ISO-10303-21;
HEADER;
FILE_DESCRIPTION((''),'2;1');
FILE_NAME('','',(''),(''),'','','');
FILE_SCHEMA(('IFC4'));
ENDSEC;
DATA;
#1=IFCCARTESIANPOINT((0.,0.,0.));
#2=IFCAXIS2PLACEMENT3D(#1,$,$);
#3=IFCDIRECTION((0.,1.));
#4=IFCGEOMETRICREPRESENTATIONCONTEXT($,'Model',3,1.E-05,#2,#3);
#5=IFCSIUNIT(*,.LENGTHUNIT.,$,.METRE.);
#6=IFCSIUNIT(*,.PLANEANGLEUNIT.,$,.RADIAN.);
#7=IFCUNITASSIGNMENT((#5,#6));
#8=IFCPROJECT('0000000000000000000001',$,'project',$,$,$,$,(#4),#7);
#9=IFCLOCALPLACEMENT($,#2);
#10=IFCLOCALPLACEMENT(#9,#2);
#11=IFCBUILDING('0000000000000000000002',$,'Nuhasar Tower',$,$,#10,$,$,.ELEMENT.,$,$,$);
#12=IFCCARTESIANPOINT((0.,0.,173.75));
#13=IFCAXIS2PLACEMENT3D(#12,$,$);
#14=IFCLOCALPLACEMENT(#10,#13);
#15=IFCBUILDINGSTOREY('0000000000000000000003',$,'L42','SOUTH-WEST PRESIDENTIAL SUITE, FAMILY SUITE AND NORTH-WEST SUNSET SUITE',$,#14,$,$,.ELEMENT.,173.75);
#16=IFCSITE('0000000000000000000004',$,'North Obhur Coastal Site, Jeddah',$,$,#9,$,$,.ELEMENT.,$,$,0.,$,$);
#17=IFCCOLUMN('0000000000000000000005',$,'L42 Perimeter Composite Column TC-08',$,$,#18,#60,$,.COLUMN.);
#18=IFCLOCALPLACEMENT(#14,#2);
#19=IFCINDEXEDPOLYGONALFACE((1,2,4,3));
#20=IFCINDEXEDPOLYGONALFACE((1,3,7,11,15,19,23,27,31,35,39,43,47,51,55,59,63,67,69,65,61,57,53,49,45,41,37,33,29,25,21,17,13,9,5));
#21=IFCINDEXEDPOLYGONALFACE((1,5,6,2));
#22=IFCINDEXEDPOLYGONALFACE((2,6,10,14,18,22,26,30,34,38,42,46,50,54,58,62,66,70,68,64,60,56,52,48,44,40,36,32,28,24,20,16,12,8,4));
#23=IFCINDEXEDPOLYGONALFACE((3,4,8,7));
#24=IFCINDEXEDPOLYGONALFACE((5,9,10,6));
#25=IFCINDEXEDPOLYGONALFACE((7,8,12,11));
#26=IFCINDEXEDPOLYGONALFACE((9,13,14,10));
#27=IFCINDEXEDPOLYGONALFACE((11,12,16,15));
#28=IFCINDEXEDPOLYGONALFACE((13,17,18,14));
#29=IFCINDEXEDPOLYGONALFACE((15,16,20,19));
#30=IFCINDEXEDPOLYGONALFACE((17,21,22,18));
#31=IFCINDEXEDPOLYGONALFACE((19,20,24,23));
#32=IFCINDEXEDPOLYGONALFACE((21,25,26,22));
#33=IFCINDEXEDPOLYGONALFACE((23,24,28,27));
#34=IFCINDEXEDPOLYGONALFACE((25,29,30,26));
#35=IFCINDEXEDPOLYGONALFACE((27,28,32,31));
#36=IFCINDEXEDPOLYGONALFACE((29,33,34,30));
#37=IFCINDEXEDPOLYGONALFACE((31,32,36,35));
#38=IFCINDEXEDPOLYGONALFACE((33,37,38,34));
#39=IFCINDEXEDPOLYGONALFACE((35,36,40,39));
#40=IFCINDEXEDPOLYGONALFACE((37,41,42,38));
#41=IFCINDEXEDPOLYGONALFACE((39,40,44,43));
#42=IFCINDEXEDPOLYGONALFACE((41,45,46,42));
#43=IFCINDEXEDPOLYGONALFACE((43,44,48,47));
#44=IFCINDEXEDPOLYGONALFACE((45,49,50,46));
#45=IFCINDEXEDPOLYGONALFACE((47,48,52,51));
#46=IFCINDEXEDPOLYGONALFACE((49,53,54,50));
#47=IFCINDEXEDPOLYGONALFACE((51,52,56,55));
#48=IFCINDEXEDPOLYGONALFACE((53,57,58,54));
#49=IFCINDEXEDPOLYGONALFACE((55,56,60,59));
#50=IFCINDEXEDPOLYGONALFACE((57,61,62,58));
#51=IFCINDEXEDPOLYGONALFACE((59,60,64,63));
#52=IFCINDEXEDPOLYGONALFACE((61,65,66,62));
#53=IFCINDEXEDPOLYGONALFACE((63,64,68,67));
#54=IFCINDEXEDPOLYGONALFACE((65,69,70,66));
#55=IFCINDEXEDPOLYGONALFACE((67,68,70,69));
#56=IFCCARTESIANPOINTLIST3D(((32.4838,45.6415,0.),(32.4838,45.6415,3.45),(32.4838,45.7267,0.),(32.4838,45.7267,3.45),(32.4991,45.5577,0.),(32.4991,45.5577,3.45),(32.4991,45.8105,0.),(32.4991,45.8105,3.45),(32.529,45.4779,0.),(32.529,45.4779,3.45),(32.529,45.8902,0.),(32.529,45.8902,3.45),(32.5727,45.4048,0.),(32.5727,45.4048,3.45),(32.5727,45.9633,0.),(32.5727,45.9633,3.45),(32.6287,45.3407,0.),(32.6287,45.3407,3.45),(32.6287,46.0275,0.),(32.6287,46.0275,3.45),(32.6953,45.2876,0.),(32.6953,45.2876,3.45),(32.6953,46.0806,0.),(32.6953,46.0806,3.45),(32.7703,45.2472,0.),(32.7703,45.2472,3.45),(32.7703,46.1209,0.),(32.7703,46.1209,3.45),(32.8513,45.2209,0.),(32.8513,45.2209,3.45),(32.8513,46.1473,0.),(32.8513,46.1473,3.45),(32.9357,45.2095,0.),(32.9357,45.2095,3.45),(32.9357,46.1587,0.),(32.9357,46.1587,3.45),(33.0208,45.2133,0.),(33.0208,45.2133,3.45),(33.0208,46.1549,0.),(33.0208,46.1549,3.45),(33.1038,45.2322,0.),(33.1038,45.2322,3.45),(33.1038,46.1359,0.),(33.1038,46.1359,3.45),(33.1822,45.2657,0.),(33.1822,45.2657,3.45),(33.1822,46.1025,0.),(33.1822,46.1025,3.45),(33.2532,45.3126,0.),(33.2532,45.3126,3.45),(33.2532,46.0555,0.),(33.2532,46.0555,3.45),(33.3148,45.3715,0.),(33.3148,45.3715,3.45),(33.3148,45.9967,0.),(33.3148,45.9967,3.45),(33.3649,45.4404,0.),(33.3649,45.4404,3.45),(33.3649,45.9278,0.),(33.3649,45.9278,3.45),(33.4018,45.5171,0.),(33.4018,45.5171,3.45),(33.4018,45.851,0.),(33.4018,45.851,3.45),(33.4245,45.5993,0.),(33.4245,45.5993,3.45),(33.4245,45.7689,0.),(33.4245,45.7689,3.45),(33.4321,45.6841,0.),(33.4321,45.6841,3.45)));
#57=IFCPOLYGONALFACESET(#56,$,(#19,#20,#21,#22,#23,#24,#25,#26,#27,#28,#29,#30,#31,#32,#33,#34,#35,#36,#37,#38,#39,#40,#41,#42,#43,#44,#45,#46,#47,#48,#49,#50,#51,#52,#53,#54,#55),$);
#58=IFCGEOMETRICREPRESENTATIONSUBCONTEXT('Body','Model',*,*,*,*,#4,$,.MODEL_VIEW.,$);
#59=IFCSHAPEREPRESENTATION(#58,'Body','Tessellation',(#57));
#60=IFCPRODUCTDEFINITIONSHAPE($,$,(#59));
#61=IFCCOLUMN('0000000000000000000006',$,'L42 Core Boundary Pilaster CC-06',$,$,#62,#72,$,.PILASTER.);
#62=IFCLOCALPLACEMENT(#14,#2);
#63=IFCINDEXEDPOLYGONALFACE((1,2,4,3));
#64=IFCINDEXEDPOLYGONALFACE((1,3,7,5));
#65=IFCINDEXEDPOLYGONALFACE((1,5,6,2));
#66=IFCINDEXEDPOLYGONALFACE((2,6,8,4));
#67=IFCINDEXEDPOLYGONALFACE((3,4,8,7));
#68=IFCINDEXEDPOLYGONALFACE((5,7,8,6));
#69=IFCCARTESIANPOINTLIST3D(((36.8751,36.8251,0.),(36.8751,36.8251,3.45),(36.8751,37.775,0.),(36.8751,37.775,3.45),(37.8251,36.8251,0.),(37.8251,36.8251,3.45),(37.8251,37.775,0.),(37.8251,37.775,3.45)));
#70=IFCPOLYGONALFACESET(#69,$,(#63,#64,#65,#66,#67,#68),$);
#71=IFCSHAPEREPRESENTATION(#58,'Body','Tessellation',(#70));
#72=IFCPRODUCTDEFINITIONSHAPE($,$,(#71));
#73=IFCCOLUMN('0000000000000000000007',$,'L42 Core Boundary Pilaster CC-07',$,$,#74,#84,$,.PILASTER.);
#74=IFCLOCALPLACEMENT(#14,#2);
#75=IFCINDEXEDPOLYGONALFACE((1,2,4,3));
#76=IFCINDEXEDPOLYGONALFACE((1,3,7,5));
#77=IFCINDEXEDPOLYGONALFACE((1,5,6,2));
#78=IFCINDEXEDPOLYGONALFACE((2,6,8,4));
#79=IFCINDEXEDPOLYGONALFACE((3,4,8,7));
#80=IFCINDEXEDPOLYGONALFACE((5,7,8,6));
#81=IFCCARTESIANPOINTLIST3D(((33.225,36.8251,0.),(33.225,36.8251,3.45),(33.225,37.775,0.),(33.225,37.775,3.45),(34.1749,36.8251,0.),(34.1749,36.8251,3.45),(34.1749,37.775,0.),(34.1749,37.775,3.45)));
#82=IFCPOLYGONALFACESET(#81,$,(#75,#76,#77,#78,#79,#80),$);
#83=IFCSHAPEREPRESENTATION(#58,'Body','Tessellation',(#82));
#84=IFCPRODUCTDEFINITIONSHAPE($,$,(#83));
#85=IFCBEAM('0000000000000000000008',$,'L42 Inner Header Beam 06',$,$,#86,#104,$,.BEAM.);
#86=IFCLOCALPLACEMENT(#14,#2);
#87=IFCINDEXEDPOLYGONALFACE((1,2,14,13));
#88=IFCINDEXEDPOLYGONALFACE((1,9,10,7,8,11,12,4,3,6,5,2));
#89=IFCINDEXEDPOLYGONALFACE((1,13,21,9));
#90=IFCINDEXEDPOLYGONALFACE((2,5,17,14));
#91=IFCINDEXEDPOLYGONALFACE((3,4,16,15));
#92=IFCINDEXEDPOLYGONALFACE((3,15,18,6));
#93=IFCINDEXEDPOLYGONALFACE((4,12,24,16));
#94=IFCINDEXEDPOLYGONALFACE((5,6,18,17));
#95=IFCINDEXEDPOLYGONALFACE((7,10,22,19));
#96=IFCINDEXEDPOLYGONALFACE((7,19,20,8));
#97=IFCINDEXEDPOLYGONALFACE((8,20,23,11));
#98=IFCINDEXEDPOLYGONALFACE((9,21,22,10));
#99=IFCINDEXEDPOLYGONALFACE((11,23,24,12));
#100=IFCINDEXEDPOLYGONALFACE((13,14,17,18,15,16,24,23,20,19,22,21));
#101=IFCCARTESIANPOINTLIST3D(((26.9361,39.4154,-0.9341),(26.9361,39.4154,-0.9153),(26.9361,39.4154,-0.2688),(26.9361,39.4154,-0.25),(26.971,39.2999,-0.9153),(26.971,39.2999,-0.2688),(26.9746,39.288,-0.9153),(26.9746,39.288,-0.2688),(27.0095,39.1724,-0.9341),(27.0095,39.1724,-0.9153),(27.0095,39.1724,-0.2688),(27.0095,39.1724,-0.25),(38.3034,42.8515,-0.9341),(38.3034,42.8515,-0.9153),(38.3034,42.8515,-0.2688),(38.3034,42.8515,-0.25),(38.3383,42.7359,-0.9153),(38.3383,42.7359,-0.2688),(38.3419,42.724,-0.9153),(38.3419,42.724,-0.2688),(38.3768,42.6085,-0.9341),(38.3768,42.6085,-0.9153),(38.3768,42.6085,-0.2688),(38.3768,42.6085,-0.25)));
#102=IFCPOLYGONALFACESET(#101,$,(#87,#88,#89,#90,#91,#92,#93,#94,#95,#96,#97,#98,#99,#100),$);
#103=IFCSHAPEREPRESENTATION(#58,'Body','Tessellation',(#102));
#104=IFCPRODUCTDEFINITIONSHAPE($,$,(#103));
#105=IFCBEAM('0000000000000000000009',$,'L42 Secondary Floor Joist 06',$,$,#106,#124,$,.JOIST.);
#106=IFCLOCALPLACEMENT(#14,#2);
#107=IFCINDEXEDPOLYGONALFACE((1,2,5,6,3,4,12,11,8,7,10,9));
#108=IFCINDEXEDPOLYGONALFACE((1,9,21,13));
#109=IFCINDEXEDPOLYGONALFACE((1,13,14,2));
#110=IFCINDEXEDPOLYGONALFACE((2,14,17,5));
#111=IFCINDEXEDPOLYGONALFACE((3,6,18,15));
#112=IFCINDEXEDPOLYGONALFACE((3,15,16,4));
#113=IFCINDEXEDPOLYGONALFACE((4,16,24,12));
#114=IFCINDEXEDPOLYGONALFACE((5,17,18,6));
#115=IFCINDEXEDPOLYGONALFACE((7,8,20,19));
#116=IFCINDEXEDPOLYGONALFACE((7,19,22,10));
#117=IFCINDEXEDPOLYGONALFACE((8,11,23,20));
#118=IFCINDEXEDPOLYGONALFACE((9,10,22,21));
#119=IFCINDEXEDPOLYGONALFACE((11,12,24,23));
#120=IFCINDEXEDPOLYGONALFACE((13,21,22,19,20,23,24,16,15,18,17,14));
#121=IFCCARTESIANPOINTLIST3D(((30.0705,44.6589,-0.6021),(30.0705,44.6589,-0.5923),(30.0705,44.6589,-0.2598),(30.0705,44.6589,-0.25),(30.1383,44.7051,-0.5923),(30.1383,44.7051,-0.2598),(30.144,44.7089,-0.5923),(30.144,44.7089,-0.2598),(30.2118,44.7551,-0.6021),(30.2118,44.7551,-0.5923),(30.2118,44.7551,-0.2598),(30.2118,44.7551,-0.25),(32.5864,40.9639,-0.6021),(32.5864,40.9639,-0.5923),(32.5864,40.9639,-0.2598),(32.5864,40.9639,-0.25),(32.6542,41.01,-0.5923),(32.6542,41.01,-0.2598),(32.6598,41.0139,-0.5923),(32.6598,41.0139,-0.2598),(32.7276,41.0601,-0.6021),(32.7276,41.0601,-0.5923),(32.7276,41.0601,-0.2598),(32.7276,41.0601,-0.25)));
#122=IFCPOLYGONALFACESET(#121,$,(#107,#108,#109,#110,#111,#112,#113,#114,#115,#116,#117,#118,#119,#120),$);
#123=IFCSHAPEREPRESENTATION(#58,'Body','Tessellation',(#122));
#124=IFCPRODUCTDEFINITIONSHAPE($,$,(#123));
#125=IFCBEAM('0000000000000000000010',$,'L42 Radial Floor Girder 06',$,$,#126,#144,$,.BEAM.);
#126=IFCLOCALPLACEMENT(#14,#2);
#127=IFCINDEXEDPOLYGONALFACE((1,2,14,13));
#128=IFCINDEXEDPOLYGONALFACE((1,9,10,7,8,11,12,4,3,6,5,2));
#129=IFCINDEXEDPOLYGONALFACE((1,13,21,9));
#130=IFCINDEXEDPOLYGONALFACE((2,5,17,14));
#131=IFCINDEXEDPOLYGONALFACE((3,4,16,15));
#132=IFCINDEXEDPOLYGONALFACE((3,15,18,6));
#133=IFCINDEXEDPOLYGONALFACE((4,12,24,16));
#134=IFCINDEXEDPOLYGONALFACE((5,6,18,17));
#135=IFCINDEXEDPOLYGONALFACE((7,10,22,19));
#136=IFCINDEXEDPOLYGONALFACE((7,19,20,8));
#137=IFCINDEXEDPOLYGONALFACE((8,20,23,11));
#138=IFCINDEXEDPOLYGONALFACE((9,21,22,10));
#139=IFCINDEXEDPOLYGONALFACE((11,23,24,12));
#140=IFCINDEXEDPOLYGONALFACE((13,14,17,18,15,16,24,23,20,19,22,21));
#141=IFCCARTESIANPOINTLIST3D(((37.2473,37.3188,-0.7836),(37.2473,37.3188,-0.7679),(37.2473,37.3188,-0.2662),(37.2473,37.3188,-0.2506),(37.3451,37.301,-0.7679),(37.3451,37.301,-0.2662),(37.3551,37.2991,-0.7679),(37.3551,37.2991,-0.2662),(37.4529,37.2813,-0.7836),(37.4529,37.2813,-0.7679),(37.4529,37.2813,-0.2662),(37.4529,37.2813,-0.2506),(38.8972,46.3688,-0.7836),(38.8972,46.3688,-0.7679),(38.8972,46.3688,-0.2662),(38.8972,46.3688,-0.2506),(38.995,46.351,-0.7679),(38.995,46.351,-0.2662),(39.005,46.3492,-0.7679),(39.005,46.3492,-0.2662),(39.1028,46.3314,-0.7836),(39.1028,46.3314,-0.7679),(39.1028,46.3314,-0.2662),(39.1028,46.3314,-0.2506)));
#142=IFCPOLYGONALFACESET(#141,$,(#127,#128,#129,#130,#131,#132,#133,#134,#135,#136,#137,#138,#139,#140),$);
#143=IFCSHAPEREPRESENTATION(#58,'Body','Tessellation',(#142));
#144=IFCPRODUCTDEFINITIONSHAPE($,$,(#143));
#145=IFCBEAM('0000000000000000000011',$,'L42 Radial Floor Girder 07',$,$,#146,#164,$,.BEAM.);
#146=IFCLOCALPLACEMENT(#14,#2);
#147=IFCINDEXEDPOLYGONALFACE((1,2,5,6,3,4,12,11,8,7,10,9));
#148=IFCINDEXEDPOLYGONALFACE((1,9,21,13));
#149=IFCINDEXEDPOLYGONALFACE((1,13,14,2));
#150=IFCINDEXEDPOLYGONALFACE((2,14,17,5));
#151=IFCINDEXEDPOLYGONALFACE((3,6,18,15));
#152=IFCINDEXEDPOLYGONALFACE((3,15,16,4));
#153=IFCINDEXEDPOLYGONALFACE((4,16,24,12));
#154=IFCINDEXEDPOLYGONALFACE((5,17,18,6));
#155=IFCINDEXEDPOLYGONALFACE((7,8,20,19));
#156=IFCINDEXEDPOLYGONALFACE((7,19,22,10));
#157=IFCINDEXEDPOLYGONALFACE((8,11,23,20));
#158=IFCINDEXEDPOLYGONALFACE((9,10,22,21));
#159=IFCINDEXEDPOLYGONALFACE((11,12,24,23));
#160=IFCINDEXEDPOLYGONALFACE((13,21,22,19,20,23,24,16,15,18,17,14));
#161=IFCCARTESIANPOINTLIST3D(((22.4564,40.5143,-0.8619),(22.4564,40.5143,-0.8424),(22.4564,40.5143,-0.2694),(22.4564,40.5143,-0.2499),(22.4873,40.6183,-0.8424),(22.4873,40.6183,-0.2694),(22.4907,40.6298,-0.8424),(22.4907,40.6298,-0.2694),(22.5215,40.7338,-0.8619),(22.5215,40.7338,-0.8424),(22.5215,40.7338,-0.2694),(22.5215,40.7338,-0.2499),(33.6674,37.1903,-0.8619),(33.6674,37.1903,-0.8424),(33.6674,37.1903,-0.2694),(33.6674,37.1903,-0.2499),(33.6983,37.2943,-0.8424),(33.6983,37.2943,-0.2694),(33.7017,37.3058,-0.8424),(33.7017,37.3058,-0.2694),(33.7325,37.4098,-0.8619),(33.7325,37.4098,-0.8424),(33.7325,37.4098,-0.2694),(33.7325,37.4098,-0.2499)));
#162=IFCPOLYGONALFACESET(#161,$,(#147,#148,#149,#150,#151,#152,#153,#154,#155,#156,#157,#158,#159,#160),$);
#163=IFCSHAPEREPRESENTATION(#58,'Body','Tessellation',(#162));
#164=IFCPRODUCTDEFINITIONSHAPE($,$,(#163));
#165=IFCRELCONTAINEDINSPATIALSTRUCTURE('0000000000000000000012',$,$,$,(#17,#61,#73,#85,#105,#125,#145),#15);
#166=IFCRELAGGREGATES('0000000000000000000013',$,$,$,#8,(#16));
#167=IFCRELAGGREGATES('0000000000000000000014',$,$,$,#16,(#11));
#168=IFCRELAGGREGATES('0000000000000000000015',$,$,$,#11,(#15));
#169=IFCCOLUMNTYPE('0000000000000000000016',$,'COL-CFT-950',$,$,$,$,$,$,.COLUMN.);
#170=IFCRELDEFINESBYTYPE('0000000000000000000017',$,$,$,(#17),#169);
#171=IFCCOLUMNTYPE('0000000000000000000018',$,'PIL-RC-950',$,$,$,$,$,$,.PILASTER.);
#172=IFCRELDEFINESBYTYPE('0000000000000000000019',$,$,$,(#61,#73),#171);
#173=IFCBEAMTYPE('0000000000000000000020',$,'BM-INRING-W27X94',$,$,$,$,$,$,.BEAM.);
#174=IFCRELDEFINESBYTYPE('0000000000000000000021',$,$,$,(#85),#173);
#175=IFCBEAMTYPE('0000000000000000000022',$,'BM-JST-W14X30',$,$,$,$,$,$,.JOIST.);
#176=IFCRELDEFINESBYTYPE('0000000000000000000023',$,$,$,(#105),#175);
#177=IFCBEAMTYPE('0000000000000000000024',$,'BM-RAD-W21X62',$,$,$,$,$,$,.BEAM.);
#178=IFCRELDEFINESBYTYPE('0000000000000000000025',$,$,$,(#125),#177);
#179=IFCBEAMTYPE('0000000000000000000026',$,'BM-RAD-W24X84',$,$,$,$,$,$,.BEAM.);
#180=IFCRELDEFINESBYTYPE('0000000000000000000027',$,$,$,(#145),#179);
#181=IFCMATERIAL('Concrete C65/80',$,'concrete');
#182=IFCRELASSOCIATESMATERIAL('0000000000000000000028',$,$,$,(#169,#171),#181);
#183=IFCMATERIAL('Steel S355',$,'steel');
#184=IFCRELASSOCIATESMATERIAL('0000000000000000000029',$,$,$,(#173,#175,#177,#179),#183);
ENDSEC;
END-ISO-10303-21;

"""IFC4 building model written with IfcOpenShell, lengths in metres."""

from ifc_helpers import new_model, si_unit, direction, frame, origin, origin_2d, place, context, subcontext, project, spatial, rectangle, circle, i_section, extrude, material, material_profile, profile_set, type_object, element, save


model = new_model("IFC4")

# Units and contexts
model_context = context("Model", 3, precision=1e-05, world=origin(), true_north=direction((0.0, 1.0)))
body_context = subcontext(model_context, "Body", "Model", "MODEL_VIEW")
ifc_project = project(units=[si_unit("LENGTHUNIT", "METRE"), si_unit("PLANEANGLEUNIT", "RADIAN")], contexts=[model_context])

# Site, building, storey
site_placement = place(None, origin())
site = spatial("IfcSite", under=ifc_project, at=site_placement, Name="North Obhur Coastal Site, Jeddah", CompositionType="ELEMENT", RefElevation=0.0)
building_placement = place(site_placement, origin())
building = spatial("IfcBuilding", under=site, at=building_placement, Name="Nuhasar Tower", CompositionType="ELEMENT")
storey_placement = place(building_placement, frame((0.0, 0.0, 173.75)))
storey = spatial("IfcBuildingStorey", under=building, at=storey_placement, Name="L42", Description="SOUTH-WEST PRESIDENTIAL SUITE, FAMILY SUITE AND NORTH-WEST SUNSET SUITE", CompositionType="ELEMENT", Elevation=173.75)

# Columns
ifc_material_1 = material(Name="Concrete C65/80", Category="concrete")
ifc_material_profile_1 = material_profile(ifc_material_1, circle(Radius=0.4751, at=origin_2d()), Name="CFT950")
ifc_profile_set_1 = profile_set([ifc_material_profile_1], Name="Concrete C65/80")
column_type_1 = type_object("IfcColumnType", Name="COL-CFT-950", PredefinedType="COLUMN", material=ifc_profile_set_1)
column_placement = place(storey_placement, frame((32.957, 45.6841, 0.0), z_axis=(0.0, 0.0, 1.0), x_axis=(1.0, 0.0, 0.0)))
element("IfcColumn", 1, at=column_placement, inside=storey, type_object=column_type_1, Name="L42 Perimeter Composite Column TC-08", PredefinedType="COLUMN", context=body_context, shape_type="SweptSolid", body=[
    extrude(circle(Radius=0.4751, at=origin_2d()), origin(), (0.0, 0.0, 1.0), 3.45),
])
ifc_material_profile_2 = material_profile(ifc_material_1, rectangle(XDim=0.95, YDim=0.95, at=origin_2d()), Name="RC950X950")
ifc_profile_set_2 = profile_set([ifc_material_profile_2], Name="Concrete C65/80")
column_type_2 = type_object("IfcColumnType", Name="PIL-RC-950", PredefinedType="PILASTER", material=ifc_profile_set_2)
for number, where, z_axis, x_axis, name in (
    (2, (37.3501, 37.3, 0.0), (0.0, 0.0, 1.0), (1.0, 0.0, 0.0), "L42 Core Boundary Pilaster CC-06"),
    (3, (33.7, 37.3, 0.0), (0.0, 0.0, 1.0), (1.0, 0.0, 0.0), "L42 Core Boundary Pilaster CC-07"),
):
    element("IfcColumn", number, at=place(storey_placement, frame(where, z_axis=z_axis, x_axis=x_axis)), inside=storey, type_object=column_type_2, Name=name, PredefinedType="PILASTER", context=body_context, shape_type="SweptSolid", body=[
        extrude(rectangle(XDim=0.95, YDim=0.95, at=origin_2d()), origin(), (0.0, 0.0, 1.0), 3.45),
    ])

# Beams
ifc_material_2 = material(Name="Steel S355", Category="steel")
ifc_material_profile_3 = material_profile(ifc_material_2, i_section(OverallWidth=0.2539, OverallDepth=0.6841, WebThickness=0.0125, FlangeThickness=0.0188, at=origin_2d()), Name="W27X94")
ifc_profile_set_3 = profile_set([ifc_material_profile_3], Name="Steel S355")
beam_type_1 = type_object("IfcBeamType", Name="BM-INRING-W27X94", PredefinedType="BEAM", material=ifc_profile_set_3)
beam_1_placement = place(storey_placement, frame((38.3401, 42.73, -0.592), z_axis=(-0.957224, -0.289347, 0.0), x_axis=(0.289347, -0.957224, 0.0)))
element("IfcBeam", 4, at=beam_1_placement, inside=storey, type_object=beam_type_1, Name="L42 Inner Header Beam 06", PredefinedType="BEAM", context=body_context, shape_type="SweptSolid", body=[
    extrude(i_section(OverallWidth=0.2539, OverallDepth=0.6841, WebThickness=0.0125, FlangeThickness=0.0188, at=origin_2d()), origin(), (0.0, 0.0, 1.0), 11.8752),
])
ifc_material_profile_4 = material_profile(ifc_material_2, i_section(OverallWidth=0.1709, OverallDepth=0.3521, WebThickness=0.0068, FlangeThickness=0.0098, at=origin_2d()), Name="W14X30")
ifc_profile_set_4 = profile_set([ifc_material_profile_4], Name="Steel S355")
beam_type_2 = type_object("IfcBeamType", Name="BM-JST-W14X30", PredefinedType="JOIST", material=ifc_profile_set_4)
beam_2_placement = place(storey_placement, frame((32.657, 41.012, -0.426), z_axis=(-0.562803, 0.826591, 0.0), x_axis=(-0.826591, -0.562803, 0.0)))
element("IfcBeam", 5, at=beam_2_placement, inside=storey, type_object=beam_type_2, Name="L42 Secondary Floor Joist 06", PredefinedType="JOIST", context=body_context, shape_type="SweptSolid", body=[
    extrude(i_section(OverallWidth=0.1709, OverallDepth=0.3521, WebThickness=0.0068, FlangeThickness=0.0098, at=origin_2d()), origin(), (0.0, 0.0, 1.0), 4.4702),
])
ifc_material_profile_5 = material_profile(ifc_material_2, i_section(OverallWidth=0.209, OverallDepth=0.533, WebThickness=0.0103, FlangeThickness=0.0156, at=origin_2d()), Name="W21X62")
ifc_profile_set_5 = profile_set([ifc_material_profile_5], Name="Steel S355")
beam_type_3 = type_object("IfcBeamType", Name="BM-RAD-W21X62", PredefinedType="BEAM", material=ifc_profile_set_5)
beam_3_placement = place(storey_placement, frame((37.3501, 37.3, -0.5171), z_axis=(0.179353, 0.983785, 0.0), x_axis=(-0.983785, 0.179353, 0.0)))
element("IfcBeam", 6, at=beam_3_placement, inside=storey, type_object=beam_type_3, Name="L42 Radial Floor Girder 06", PredefinedType="BEAM", context=body_context, shape_type="SweptSolid", body=[
    extrude(i_section(OverallWidth=0.209, OverallDepth=0.533, WebThickness=0.0103, FlangeThickness=0.0156, at=origin_2d()), origin(), (0.0, 0.0, 1.0), 9.1992),
])
ifc_material_profile_6 = material_profile(ifc_material_2, i_section(OverallWidth=0.229, OverallDepth=0.6121, WebThickness=0.012, FlangeThickness=0.0195, at=origin_2d()), Name="W24X84")
ifc_profile_set_6 = profile_set([ifc_material_profile_6], Name="Steel S355")
beam_type_4 = type_object("IfcBeamType", Name="BM-RAD-W24X84", PredefinedType="BEAM", material=ifc_profile_set_6)
beam_4_placement = place(storey_placement, frame((33.7, 37.3, -0.5559), z_axis=(-0.958746, 0.284262, 0.0), x_axis=(-0.284262, -0.958746, 0.0)))
element("IfcBeam", 7, at=beam_4_placement, inside=storey, type_object=beam_type_4, Name="L42 Radial Floor Girder 07", PredefinedType="BEAM", context=body_context, shape_type="SweptSolid", body=[
    extrude(i_section(OverallWidth=0.229, OverallDepth=0.6121, WebThickness=0.012, FlangeThickness=0.0195, at=origin_2d()), origin(), (0.0, 0.0, 1.0), 11.6934),
])

save(model, "model.ifc")
